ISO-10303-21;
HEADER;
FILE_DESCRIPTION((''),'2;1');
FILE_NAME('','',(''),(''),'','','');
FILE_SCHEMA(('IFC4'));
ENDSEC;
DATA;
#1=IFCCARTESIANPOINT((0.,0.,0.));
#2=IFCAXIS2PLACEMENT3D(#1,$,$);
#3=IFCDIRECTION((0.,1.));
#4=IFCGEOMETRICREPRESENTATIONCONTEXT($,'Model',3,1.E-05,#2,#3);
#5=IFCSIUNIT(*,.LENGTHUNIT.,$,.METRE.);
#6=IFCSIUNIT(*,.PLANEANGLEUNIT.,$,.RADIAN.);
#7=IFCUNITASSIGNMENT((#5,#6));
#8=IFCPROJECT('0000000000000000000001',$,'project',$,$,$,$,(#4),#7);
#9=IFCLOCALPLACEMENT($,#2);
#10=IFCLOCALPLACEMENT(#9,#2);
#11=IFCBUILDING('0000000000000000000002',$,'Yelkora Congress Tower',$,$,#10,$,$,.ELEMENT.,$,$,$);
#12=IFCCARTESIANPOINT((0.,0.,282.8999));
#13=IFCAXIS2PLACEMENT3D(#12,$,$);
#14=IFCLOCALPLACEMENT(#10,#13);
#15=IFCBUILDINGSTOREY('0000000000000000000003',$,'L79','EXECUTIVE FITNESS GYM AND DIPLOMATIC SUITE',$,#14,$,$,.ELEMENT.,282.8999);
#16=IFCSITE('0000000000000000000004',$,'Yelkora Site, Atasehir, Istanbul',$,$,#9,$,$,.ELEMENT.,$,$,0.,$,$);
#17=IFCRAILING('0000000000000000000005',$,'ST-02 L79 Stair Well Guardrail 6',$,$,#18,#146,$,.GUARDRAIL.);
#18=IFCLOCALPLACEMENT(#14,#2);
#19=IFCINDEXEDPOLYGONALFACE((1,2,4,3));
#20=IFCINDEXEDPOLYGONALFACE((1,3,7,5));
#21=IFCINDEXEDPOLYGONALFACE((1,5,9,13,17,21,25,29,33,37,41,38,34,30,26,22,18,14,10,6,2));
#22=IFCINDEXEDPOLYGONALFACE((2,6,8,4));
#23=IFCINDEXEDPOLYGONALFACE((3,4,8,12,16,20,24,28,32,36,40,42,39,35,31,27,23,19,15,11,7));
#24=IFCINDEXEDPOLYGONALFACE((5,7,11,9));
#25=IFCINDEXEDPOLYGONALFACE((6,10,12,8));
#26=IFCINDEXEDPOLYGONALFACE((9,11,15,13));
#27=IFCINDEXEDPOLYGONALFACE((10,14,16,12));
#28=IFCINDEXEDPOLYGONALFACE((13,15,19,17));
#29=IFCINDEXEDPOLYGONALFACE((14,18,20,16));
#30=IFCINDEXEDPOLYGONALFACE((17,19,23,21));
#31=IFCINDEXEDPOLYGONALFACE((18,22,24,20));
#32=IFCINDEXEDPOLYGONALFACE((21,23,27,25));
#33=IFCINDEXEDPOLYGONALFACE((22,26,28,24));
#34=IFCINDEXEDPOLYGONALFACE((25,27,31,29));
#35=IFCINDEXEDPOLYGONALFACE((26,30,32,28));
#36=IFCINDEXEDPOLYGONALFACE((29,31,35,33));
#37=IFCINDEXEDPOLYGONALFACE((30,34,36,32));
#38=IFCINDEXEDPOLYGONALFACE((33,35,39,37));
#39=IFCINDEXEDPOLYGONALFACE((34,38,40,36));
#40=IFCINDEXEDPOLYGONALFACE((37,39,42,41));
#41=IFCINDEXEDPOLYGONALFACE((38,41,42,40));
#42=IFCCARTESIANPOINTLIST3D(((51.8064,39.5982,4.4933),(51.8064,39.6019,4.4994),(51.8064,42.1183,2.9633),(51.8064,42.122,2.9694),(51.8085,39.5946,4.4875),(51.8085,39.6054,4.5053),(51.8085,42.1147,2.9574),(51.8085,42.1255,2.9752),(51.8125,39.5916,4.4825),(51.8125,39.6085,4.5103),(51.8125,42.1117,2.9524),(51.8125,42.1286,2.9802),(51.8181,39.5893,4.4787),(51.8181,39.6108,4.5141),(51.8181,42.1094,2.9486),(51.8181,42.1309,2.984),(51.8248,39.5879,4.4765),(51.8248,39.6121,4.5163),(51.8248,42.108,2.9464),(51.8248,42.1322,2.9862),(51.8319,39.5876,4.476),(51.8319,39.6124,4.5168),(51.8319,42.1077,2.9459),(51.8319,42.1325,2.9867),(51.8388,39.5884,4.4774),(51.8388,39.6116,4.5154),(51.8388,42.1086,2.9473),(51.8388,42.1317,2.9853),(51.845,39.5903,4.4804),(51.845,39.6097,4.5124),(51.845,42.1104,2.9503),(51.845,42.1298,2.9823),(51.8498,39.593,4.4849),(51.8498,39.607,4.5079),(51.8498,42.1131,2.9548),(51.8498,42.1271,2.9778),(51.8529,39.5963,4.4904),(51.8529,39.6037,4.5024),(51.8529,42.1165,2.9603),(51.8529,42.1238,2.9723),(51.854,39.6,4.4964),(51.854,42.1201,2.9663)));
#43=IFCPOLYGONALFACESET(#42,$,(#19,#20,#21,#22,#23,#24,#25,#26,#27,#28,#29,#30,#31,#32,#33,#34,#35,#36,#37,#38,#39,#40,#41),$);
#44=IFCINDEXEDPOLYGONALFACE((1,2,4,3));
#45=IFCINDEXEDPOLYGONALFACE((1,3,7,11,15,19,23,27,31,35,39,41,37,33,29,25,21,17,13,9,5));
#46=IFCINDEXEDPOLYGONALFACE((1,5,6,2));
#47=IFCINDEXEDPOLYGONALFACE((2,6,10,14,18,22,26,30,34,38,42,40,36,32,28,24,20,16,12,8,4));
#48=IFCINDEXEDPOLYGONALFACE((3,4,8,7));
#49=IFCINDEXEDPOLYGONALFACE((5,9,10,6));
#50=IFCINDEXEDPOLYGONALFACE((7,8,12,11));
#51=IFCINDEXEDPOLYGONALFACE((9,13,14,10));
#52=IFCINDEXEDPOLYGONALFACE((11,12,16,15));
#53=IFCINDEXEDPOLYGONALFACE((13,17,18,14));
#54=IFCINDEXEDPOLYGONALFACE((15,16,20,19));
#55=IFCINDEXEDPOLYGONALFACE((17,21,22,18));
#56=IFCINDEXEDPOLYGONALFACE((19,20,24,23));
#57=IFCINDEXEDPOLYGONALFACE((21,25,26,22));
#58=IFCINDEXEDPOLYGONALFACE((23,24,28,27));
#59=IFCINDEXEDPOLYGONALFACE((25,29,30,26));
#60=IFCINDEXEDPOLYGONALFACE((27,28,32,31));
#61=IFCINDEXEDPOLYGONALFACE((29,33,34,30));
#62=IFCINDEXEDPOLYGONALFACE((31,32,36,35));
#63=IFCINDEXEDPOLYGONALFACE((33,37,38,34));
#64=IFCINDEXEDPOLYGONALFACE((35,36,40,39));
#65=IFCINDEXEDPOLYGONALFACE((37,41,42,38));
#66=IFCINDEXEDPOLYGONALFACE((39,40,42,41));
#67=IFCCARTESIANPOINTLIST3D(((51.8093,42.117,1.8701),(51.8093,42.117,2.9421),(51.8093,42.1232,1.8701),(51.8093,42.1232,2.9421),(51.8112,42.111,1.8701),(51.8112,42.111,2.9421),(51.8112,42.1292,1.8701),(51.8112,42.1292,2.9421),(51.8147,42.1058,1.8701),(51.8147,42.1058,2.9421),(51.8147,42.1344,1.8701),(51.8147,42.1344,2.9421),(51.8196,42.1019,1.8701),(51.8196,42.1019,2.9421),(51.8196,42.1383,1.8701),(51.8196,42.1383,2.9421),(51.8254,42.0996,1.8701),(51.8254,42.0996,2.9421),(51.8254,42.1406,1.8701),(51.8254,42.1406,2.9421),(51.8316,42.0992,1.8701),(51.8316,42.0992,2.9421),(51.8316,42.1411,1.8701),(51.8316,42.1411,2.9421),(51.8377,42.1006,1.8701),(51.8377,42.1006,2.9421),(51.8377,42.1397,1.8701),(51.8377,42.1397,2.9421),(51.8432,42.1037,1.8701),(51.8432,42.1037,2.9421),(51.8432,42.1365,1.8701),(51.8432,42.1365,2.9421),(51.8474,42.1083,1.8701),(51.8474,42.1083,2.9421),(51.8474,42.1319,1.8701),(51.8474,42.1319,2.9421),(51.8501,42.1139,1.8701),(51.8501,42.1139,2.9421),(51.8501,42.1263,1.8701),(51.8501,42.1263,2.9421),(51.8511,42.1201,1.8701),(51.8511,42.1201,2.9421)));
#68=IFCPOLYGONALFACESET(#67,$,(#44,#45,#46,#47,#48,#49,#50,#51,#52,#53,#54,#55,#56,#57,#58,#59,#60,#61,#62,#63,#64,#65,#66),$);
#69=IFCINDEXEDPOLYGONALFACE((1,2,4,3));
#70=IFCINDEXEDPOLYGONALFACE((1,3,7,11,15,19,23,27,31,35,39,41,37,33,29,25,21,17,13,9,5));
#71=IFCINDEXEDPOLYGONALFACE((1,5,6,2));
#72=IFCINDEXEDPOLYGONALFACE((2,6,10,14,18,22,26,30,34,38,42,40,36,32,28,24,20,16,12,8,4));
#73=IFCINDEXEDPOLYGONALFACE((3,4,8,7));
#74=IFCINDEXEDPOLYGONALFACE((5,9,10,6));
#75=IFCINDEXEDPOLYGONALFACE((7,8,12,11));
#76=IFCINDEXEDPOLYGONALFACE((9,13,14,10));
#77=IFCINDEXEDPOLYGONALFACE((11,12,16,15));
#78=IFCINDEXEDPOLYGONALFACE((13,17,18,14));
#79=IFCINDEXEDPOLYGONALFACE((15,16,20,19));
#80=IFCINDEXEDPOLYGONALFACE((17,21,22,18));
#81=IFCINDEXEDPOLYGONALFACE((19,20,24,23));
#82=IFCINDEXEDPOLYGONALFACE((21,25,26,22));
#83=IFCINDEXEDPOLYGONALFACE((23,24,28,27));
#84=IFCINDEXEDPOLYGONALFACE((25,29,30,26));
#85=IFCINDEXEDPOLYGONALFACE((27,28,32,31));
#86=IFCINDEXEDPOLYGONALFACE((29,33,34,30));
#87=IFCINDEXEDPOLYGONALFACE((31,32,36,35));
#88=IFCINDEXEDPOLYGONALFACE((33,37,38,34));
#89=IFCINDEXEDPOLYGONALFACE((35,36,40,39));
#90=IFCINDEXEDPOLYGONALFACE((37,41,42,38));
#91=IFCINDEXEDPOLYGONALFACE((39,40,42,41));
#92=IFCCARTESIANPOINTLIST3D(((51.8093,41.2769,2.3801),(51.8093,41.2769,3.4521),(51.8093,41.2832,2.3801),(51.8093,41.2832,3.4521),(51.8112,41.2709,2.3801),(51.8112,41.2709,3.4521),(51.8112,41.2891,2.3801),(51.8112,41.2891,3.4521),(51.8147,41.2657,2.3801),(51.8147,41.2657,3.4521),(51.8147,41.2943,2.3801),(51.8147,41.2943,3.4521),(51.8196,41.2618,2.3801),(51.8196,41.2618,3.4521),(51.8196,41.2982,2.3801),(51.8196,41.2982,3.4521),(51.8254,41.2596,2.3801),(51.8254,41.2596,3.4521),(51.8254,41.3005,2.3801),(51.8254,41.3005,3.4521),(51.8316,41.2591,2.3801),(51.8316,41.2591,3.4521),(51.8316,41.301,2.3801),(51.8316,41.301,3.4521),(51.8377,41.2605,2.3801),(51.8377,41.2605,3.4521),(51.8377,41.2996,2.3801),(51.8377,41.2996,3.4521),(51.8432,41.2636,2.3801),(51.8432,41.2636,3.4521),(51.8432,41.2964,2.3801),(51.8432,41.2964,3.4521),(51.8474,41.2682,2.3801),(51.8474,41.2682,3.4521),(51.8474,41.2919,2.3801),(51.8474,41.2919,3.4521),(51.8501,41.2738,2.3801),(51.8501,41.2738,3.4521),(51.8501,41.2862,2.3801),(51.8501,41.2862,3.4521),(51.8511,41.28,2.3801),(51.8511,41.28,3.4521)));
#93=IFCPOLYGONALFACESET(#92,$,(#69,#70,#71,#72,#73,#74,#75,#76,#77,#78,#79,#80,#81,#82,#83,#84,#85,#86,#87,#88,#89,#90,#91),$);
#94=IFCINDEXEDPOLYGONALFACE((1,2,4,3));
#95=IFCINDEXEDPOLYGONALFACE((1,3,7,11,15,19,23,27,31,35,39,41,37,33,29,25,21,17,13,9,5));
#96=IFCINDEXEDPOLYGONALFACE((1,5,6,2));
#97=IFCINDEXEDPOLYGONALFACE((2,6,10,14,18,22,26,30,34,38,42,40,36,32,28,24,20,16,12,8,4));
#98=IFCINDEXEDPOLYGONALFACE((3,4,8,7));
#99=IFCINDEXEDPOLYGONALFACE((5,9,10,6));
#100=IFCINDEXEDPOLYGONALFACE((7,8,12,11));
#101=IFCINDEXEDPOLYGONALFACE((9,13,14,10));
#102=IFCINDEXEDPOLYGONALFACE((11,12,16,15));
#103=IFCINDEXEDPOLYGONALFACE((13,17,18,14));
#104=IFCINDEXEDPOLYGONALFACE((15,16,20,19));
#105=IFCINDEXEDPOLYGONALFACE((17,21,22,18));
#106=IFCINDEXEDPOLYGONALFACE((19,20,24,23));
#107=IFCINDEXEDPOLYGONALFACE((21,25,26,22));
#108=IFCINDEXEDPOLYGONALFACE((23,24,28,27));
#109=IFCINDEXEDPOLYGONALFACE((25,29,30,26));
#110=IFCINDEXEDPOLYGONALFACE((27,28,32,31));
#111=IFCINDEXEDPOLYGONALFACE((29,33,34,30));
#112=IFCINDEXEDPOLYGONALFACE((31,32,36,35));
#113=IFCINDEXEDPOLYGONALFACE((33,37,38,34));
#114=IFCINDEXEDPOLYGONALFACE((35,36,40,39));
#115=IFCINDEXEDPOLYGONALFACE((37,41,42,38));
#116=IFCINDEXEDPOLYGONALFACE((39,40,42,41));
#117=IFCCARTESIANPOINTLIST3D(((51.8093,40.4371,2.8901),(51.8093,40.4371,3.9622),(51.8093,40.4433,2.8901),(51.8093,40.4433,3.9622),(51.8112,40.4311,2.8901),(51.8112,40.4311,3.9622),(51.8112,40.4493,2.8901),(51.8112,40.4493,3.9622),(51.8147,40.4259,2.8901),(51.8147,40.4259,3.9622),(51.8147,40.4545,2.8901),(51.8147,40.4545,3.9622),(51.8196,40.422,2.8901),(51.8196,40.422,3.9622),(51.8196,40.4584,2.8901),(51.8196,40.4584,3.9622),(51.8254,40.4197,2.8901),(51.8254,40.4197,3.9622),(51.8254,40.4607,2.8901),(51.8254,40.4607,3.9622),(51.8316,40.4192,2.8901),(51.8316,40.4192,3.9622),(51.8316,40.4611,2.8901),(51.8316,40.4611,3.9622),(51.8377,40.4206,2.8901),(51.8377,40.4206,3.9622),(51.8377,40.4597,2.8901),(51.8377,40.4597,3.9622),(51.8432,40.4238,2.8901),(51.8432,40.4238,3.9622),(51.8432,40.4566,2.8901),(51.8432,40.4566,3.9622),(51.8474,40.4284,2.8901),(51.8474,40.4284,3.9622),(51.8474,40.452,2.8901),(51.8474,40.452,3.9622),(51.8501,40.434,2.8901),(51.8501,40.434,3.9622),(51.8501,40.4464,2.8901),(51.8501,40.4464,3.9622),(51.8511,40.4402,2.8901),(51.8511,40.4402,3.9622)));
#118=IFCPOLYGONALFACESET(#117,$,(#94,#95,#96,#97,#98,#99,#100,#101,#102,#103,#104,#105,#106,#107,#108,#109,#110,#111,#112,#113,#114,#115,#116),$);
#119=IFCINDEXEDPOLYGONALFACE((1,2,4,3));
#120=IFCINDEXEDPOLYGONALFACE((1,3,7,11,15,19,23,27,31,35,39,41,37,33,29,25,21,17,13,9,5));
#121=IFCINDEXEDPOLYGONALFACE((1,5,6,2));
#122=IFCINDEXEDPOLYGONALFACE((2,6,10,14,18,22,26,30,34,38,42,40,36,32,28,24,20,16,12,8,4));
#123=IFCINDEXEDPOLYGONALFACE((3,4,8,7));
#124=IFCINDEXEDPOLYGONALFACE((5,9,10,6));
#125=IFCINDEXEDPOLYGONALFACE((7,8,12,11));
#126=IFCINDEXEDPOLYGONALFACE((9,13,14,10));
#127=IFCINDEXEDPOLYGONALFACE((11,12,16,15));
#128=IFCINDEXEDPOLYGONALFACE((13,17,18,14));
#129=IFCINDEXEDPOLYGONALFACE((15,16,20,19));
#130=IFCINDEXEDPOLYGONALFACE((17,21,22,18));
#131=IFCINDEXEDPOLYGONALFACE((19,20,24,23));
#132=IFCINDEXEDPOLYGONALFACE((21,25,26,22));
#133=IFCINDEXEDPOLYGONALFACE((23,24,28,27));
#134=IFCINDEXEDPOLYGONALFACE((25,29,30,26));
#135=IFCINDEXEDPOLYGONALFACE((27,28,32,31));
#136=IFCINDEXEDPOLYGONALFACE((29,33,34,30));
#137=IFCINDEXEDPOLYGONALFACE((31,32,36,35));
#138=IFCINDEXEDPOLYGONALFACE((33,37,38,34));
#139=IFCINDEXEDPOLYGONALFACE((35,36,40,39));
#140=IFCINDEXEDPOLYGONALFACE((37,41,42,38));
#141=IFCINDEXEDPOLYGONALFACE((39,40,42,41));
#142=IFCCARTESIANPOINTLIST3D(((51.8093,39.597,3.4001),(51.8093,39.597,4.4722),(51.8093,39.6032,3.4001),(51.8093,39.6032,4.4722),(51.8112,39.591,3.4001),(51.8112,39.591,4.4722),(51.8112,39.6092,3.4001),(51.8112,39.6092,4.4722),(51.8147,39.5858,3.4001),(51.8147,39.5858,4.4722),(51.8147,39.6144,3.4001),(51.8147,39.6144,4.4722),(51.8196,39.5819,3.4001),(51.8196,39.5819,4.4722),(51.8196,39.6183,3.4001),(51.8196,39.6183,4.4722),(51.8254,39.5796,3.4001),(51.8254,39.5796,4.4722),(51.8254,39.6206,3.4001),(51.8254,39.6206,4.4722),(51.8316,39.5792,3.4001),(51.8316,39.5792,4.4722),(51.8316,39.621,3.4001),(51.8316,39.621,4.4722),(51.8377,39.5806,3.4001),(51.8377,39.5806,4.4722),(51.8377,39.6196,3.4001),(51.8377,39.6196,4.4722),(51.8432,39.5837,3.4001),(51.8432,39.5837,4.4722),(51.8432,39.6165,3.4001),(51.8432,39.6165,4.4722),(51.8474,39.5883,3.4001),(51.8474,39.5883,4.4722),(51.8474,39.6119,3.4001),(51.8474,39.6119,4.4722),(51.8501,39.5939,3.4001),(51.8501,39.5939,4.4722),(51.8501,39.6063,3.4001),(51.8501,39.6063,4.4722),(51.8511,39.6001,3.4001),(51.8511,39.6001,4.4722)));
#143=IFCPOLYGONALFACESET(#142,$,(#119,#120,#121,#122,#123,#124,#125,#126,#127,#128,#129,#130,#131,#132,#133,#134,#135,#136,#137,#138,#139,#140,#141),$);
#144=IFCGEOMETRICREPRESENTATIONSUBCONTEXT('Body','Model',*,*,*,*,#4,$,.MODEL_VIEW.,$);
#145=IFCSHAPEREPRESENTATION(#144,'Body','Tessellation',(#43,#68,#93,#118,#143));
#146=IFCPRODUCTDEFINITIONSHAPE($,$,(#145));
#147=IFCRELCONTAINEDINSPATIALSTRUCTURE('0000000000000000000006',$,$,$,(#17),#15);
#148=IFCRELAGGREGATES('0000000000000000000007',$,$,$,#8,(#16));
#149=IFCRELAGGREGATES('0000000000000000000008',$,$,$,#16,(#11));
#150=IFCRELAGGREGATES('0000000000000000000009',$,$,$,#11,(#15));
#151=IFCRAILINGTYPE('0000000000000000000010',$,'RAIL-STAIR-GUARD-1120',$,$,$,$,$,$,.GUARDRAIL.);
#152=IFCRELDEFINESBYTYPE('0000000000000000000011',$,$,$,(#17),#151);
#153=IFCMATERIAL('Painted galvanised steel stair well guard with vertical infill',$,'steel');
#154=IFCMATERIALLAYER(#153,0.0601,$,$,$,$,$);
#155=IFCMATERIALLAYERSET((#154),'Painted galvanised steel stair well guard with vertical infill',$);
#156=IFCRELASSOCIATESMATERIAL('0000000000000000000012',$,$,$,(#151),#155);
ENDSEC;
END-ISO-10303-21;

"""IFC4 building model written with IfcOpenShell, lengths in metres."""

from ifc_helpers import new_model, si_unit, direction, frame, origin, origin_2d, place, context, subcontext, project, spatial, circle, extrude, material, layer, layer_set, type_object, element, save


model = new_model("IFC4")

# Units and contexts
model_context = context("Model", 3, precision=1e-05, world=origin(), true_north=direction((0.0, 1.0)))
body_context = subcontext(model_context, "Body", "Model", "MODEL_VIEW")
ifc_project = project(units=[si_unit("LENGTHUNIT", "METRE"), si_unit("PLANEANGLEUNIT", "RADIAN")], contexts=[model_context])

# Site, building, storey
site_placement = place(None, origin())
site = spatial("IfcSite", under=ifc_project, at=site_placement, Name="Yelkora Site, Atasehir, Istanbul", CompositionType="ELEMENT", RefElevation=0.0)
building_placement = place(site_placement, origin())
building = spatial("IfcBuilding", under=site, at=building_placement, Name="Yelkora Congress Tower", CompositionType="ELEMENT")
storey_placement = place(building_placement, frame((0.0, 0.0, 282.8999)))
storey = spatial("IfcBuildingStorey", under=building, at=storey_placement, Name="L79", Description="EXECUTIVE FITNESS GYM AND DIPLOMATIC SUITE", CompositionType="ELEMENT", Elevation=282.8999)

# Railing
ifc_material_1 = material(Name="Painted galvanised steel stair well guard with vertical infill", Category="steel")
ifc_layer_1 = layer(ifc_material_1, 0.0601)
ifc_layer_set_1 = layer_set([ifc_layer_1], Name="Painted galvanised steel stair well guard with vertical infill")
railing_type = type_object("IfcRailingType", Name="RAIL-STAIR-GUARD-1120", PredefinedType="GUARDRAIL", material=ifc_layer_set_1)
railing_1_placement = place(storey_placement, frame((51.8301, 42.1201, 1.8701)))
element("IfcRailing", 1, at=railing_1_placement, inside=storey, type_object=railing_type, Name="ST-02 L79 Stair Well Guardrail 6", PredefinedType="GUARDRAIL", context=body_context, shape_type="SweptSolid", body=[
    extrude(circle(Radius=0.0239, at=origin_2d()), frame((0.0, 0.0, 1.0962), z_axis=(0.0, -0.854785, 0.518982), x_axis=(1.0, 0.0, 0.0)), (0.0, 0.0, 1.0), 2.9482),
    extrude(circle(Radius=0.021, at=origin_2d()), origin(), (0.0, 0.0, 1.0), 1.072),
    extrude(circle(Radius=0.021, at=origin_2d()), frame((0.0, -0.8401, 0.51)), (0.0, 0.0, 1.0), 1.072),
    extrude(circle(Radius=0.021, at=origin_2d()), frame((0.0, -1.6799, 1.02)), (0.0, 0.0, 1.0), 1.072),
    extrude(circle(Radius=0.021, at=origin_2d()), frame((0.0, -2.52, 1.53)), (0.0, 0.0, 1.0), 1.072),
])

save(model, "model.ifc")
